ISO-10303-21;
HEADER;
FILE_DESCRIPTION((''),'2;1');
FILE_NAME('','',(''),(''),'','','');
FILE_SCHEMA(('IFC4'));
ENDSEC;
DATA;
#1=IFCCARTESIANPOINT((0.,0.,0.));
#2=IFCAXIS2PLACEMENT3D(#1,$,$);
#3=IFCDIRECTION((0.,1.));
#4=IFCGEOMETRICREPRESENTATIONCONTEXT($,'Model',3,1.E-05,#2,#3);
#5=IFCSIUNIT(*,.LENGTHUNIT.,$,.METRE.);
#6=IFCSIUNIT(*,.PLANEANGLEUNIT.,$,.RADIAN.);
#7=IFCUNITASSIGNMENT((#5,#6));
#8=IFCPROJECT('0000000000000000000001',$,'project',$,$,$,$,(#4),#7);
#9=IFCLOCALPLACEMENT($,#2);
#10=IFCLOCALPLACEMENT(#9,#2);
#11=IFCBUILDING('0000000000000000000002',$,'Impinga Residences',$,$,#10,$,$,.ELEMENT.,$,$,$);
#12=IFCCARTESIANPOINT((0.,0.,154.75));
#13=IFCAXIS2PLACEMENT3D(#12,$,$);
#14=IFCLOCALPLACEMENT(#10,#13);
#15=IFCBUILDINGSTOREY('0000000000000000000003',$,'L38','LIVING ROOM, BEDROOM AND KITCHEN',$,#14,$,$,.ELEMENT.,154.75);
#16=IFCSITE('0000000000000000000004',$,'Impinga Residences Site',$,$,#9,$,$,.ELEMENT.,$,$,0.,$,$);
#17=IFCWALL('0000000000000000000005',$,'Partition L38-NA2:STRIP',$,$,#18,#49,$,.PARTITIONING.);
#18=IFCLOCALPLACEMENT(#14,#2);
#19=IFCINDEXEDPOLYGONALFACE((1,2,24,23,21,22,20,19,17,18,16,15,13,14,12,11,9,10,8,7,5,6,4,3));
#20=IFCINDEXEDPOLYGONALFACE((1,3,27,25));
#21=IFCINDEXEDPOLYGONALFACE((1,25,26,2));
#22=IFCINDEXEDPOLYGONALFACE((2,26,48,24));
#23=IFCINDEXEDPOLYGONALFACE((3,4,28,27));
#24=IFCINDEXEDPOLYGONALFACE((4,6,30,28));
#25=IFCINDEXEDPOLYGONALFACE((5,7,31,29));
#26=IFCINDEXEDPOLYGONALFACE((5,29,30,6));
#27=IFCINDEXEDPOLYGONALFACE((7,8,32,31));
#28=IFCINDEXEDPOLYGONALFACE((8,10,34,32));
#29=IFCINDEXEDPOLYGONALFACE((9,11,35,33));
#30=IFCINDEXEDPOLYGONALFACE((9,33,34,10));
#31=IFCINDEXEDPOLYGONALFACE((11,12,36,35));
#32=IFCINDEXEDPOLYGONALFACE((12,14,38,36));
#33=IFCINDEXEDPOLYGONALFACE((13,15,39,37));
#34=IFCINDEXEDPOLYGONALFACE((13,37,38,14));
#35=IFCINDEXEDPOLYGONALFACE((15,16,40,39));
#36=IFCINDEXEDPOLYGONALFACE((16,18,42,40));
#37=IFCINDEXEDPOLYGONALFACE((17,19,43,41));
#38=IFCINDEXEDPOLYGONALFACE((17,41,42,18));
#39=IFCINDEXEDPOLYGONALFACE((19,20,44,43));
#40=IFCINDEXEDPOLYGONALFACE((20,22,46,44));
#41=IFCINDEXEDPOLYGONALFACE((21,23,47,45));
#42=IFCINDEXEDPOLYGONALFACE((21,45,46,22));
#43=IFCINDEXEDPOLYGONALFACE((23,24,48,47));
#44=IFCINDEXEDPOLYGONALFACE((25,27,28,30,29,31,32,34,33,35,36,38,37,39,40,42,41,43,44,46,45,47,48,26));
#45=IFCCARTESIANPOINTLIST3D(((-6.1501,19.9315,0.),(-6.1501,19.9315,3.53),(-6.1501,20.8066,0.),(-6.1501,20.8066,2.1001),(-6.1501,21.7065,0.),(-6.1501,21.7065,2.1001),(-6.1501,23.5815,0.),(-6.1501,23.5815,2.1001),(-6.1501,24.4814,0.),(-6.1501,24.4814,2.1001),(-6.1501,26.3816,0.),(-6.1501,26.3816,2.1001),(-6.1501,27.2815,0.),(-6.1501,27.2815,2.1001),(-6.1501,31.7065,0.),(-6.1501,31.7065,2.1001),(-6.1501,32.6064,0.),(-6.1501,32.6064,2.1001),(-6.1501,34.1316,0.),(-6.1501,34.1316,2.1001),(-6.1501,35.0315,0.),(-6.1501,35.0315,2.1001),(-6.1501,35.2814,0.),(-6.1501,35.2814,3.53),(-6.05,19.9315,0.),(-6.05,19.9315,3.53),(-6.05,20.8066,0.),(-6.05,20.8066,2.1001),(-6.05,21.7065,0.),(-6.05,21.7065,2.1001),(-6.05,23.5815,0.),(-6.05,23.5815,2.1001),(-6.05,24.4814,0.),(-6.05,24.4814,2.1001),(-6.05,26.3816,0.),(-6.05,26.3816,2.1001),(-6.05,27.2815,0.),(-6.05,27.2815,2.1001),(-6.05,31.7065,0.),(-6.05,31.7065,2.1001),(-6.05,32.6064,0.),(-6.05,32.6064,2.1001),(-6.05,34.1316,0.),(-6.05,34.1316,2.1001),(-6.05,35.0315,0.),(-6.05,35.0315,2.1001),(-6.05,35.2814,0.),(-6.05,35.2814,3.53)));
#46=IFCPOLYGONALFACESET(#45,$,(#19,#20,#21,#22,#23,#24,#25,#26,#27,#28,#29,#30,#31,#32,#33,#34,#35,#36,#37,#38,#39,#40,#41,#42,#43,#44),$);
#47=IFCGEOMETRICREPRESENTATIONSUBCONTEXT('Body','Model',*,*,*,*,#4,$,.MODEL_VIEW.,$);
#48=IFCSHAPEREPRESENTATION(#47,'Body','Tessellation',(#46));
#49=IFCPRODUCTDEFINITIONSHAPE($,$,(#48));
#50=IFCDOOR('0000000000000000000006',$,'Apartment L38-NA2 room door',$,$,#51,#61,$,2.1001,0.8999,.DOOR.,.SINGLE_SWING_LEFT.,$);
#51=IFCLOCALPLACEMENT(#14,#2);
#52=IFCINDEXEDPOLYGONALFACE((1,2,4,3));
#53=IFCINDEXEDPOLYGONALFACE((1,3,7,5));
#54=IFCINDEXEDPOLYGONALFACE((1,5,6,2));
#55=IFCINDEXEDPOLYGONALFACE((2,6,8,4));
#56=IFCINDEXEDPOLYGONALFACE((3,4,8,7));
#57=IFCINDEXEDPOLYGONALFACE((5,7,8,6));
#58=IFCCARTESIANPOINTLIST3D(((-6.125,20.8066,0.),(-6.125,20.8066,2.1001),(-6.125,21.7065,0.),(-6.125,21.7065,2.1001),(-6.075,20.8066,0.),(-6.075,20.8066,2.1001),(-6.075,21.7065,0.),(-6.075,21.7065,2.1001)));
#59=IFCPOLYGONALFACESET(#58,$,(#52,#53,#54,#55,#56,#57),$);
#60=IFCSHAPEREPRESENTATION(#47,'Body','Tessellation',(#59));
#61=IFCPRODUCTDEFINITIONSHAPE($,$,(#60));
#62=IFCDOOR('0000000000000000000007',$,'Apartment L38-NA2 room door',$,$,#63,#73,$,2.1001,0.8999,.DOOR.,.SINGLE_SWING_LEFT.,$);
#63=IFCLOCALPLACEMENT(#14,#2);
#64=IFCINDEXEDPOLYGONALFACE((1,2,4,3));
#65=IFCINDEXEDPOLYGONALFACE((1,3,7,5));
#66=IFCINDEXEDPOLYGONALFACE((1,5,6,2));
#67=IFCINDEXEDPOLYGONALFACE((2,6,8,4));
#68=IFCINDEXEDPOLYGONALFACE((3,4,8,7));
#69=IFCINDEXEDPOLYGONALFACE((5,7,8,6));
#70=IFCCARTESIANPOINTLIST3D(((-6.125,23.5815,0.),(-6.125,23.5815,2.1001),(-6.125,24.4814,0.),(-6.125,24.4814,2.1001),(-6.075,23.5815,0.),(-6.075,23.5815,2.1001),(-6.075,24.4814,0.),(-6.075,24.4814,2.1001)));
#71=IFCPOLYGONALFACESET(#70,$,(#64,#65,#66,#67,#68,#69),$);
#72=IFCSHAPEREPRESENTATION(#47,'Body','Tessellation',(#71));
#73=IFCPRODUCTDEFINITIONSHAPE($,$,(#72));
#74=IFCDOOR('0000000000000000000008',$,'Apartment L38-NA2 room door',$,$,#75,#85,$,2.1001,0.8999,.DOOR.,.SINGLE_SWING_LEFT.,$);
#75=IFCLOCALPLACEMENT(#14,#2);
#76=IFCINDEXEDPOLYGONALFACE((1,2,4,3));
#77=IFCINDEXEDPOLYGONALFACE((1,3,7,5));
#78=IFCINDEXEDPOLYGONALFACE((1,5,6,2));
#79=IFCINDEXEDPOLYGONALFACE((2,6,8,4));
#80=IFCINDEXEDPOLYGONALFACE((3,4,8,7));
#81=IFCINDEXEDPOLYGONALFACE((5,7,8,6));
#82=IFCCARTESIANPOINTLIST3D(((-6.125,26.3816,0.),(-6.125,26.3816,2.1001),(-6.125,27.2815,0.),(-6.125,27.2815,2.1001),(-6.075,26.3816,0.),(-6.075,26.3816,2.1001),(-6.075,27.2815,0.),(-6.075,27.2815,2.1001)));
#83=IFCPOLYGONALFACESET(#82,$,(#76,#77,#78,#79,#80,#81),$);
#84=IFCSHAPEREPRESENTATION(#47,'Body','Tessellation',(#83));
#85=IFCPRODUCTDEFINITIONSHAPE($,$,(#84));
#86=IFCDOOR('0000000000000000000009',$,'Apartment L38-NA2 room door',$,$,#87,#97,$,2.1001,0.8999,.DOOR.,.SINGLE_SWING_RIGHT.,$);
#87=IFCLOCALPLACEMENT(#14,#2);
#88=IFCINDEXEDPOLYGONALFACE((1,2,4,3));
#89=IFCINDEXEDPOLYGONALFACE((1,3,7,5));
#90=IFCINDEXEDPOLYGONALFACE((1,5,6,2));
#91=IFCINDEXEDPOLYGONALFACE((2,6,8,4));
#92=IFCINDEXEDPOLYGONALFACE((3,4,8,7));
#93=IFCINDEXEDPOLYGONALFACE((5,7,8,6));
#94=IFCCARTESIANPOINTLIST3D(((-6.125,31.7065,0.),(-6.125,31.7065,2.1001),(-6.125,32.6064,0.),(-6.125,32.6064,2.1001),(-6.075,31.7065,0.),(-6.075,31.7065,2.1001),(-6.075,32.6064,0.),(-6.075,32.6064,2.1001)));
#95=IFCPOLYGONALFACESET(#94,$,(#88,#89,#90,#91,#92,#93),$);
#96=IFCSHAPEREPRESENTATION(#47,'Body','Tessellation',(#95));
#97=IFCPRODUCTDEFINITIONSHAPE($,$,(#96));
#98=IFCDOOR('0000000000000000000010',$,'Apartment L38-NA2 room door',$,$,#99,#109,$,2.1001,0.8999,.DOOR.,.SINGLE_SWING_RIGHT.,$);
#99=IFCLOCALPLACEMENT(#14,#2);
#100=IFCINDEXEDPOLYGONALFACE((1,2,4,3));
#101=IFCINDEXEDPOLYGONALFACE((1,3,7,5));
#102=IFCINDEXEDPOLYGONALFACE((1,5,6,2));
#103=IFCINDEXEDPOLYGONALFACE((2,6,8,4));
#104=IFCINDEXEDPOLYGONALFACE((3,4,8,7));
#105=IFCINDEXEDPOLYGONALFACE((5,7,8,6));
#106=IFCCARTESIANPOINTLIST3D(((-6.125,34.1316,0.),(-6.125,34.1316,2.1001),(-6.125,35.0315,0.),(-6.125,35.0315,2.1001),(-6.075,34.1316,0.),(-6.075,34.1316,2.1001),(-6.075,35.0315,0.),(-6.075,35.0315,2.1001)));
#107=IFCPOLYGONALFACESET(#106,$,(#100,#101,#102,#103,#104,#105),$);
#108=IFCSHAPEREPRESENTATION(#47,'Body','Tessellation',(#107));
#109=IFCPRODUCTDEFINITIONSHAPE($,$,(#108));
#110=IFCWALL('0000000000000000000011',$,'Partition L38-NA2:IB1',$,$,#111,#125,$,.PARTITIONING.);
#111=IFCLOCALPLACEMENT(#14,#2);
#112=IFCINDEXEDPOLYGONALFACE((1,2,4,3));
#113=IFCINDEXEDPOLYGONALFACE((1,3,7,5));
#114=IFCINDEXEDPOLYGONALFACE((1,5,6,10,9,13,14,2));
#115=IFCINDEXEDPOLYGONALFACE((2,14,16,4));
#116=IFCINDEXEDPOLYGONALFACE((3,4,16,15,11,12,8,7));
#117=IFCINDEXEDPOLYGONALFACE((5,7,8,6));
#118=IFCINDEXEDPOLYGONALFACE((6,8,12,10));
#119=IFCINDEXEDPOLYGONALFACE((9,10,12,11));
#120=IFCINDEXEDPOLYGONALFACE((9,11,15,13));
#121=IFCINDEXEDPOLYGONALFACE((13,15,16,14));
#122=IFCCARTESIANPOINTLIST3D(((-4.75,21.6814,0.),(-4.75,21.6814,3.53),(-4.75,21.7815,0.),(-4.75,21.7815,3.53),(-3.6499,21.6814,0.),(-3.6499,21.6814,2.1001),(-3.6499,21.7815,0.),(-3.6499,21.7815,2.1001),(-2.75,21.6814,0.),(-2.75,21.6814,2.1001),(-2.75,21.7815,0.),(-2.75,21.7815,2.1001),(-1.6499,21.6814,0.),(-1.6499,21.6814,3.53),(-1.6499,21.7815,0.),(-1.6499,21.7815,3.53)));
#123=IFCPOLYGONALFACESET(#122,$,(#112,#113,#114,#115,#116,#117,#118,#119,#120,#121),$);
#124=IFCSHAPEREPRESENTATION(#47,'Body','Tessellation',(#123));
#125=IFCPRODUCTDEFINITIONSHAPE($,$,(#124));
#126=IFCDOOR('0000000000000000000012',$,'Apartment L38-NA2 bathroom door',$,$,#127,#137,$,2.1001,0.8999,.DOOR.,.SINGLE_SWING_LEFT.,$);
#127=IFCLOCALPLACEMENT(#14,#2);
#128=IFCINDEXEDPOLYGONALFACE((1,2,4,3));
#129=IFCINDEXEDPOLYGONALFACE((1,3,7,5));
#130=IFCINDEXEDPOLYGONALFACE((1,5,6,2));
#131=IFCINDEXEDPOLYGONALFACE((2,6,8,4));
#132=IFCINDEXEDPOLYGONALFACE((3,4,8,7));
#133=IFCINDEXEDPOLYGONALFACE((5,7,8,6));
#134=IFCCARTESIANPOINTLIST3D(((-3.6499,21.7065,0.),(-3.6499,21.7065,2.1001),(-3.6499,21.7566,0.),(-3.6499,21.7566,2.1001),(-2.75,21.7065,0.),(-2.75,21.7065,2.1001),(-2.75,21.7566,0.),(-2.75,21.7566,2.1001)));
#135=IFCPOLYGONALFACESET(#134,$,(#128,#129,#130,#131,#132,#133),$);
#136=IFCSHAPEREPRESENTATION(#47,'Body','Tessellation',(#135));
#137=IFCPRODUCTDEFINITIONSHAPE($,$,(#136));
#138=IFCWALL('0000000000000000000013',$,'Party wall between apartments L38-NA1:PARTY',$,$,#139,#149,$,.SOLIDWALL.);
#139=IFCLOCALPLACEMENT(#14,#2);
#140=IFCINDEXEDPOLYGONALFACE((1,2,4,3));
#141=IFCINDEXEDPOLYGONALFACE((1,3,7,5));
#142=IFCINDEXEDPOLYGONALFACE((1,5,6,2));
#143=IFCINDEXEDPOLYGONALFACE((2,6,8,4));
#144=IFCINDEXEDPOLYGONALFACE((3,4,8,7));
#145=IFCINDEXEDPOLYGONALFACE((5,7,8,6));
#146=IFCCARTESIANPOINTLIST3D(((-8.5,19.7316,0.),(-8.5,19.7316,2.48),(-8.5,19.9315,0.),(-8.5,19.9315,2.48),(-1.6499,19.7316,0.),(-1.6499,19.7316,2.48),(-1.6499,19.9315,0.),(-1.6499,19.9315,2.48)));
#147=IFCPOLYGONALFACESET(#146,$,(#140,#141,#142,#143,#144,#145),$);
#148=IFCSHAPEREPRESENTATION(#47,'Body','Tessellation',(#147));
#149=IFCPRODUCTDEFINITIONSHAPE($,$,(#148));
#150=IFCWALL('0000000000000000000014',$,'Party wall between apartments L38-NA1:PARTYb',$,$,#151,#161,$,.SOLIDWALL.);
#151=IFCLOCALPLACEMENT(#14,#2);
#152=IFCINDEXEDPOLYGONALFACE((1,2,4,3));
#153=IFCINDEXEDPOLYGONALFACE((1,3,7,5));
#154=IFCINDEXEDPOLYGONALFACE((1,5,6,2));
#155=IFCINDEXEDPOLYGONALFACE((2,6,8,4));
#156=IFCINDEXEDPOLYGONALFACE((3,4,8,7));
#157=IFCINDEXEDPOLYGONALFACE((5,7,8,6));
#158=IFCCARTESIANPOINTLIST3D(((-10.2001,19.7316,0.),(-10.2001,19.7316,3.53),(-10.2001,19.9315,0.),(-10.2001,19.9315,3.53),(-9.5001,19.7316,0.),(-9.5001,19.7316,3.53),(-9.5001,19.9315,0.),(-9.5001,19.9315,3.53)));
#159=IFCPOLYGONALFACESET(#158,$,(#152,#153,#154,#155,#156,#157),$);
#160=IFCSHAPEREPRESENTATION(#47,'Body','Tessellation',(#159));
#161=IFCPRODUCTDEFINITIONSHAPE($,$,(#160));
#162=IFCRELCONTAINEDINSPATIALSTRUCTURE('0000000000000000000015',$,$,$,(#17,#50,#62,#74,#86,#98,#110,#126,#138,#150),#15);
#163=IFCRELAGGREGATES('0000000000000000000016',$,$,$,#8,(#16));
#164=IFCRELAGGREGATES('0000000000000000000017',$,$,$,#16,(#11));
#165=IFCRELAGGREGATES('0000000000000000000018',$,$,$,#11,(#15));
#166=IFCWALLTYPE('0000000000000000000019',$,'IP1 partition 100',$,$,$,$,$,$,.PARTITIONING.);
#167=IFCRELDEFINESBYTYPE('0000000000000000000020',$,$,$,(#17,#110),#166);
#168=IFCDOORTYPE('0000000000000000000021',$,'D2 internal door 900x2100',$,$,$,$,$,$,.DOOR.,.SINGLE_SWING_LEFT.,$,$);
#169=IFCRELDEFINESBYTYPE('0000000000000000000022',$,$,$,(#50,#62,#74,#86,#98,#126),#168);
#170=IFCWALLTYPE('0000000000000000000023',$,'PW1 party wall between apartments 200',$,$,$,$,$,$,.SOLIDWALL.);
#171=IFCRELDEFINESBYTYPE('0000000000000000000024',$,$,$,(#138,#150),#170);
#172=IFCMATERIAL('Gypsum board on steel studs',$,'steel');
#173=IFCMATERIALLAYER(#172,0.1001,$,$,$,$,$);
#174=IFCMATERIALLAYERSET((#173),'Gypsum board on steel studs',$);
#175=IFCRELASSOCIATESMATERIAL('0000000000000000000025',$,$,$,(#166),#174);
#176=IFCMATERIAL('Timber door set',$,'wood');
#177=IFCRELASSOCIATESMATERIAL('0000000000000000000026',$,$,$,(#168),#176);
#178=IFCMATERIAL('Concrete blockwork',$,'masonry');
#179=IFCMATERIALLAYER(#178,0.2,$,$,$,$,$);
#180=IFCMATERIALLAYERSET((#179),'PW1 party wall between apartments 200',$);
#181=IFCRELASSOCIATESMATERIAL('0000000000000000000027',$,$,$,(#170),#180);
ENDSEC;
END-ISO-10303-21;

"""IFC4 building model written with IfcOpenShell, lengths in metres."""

from ifc_helpers import new_model, si_unit, direction, frame, frame_2d, origin, place, context, subcontext, project, spatial, rectangle, extrude, material, layer, layer_set, type_object, element, fill, save


model = new_model("IFC4")

# Units and contexts
model_context = context("Model", 3, precision=1e-05, world=origin(), true_north=direction((0.0, 1.0)))
body_context = subcontext(model_context, "Body", "Model", "MODEL_VIEW")
ifc_project = project(units=[si_unit("LENGTHUNIT", "METRE"), si_unit("PLANEANGLEUNIT", "RADIAN")], contexts=[model_context])

# Site, building, storey
site_placement = place(None, origin())
site = spatial("IfcSite", under=ifc_project, at=site_placement, Name="Impinga Residences Site", CompositionType="ELEMENT", RefElevation=0.0)
building_placement = place(site_placement, origin())
building = spatial("IfcBuilding", under=site, at=building_placement, Name="Impinga Residences", CompositionType="ELEMENT")
storey_placement = place(building_placement, frame((0.0, 0.0, 154.75)))
storey = spatial("IfcBuildingStorey", under=building, at=storey_placement, Name="L38", Description="LIVING ROOM, BEDROOM AND KITCHEN", CompositionType="ELEMENT", Elevation=154.75)

# Shared definitions
ifc_material_1 = material(Name="Gypsum board on steel studs", Category="steel")
ifc_layer_1 = layer(ifc_material_1, 0.1001)
ifc_layer_set_1 = layer_set([ifc_layer_1], Name="Gypsum board on steel studs")
wall_type_1 = type_object("IfcWallType", Name="IP1 partition 100", PredefinedType="PARTITIONING", material=ifc_layer_set_1)

# Shared definitions
ifc_material_2 = material(Name="Timber door set", Category="wood")
door_type = type_object("IfcDoorType", Name="D2 internal door 900x2100", OperationType="SINGLE_SWING_LEFT", PredefinedType="DOOR", material=ifc_material_2)

# Wall, openings, doors
wall_1_placement = place(storey_placement, frame((-6.1001, 19.9316, 0.0), z_axis=(0.0, 0.0, 1.0), x_axis=(0.0, 1.0, 0.0)))
wall_1 = element("IfcWall", 1, at=wall_1_placement, inside=storey, type_object=wall_type_1, Name="Partition L38-NA2:STRIP", PredefinedType="PARTITIONING", context=body_context, shape_type="SweptSolid", body=[
    extrude(rectangle(XDim=15.3499, YDim=0.1001, at=frame_2d((7.6748, 0.0))), origin(), (0.0, 0.0, 1.0), 3.53),
])
opening_1_placement = place(wall_1_placement, frame((0.875, 0.0, 0.0)))
opening_1 = element("IfcOpeningElement", 2, at=opening_1_placement, cuts=wall_1, PredefinedType="OPENING", context=body_context, shape_type="SweptSolid", body=[
    extrude(rectangle(XDim=0.8999, YDim=2.1001, at=frame_2d((0.45, 1.05))), frame((0.0, 0.0601, 0.0), z_axis=(0.0, -1.0, 0.0), x_axis=(1.0, 0.0, 0.0)), (0.0, 0.0, 1.0), 0.1201),
])
opening_2_placement = place(wall_1_placement, frame((3.6499, 0.0, 0.0)))
opening_2 = element("IfcOpeningElement", 3, at=opening_2_placement, cuts=wall_1, PredefinedType="OPENING", context=body_context, shape_type="SweptSolid", body=[
    extrude(rectangle(XDim=0.8999, YDim=2.1001, at=frame_2d((0.45, 1.05))), frame((0.0, 0.0601, 0.0), z_axis=(0.0, -1.0, 0.0), x_axis=(1.0, 0.0, 0.0)), (0.0, 0.0, 1.0), 0.1201),
])
opening_3_placement = place(wall_1_placement, frame((6.45, 0.0, 0.0)))
opening_3 = element("IfcOpeningElement", 4, at=opening_3_placement, cuts=wall_1, PredefinedType="OPENING", context=body_context, shape_type="SweptSolid", body=[
    extrude(rectangle(XDim=0.8999, YDim=2.1001, at=frame_2d((0.45, 1.05))), frame((0.0, 0.0601, 0.0), z_axis=(0.0, -1.0, 0.0), x_axis=(1.0, 0.0, 0.0)), (0.0, 0.0, 1.0), 0.1201),
])
opening_4_placement = place(wall_1_placement, frame((11.7749, 0.0, 0.0)))
opening_4 = element("IfcOpeningElement", 5, at=opening_4_placement, cuts=wall_1, PredefinedType="OPENING", context=body_context, shape_type="SweptSolid", body=[
    extrude(rectangle(XDim=0.8999, YDim=2.1001, at=frame_2d((0.45, 1.05))), frame((0.0, 0.0601, 0.0), z_axis=(0.0, -1.0, 0.0), x_axis=(1.0, 0.0, 0.0)), (0.0, 0.0, 1.0), 0.1201),
])
opening_5_placement = place(wall_1_placement, frame((14.2, 0.0, 0.0)))
opening_5 = element("IfcOpeningElement", 6, at=opening_5_placement, cuts=wall_1, PredefinedType="OPENING", context=body_context, shape_type="SweptSolid", body=[
    extrude(rectangle(XDim=0.8999, YDim=2.1001, at=frame_2d((0.45, 1.05))), frame((0.0, 0.0601, 0.0), z_axis=(0.0, -1.0, 0.0), x_axis=(1.0, 0.0, 0.0)), (0.0, 0.0, 1.0), 0.1201),
])
door_1_placement = place(opening_1_placement, origin())
door_1 = element("IfcDoor", 7, at=door_1_placement, inside=storey, type_object=door_type, Name="Apartment L38-NA2 room door", OperationType="SINGLE_SWING_LEFT", OverallHeight=2.1001, OverallWidth=0.8999, PredefinedType="DOOR", context=body_context, shape_type="SweptSolid", body=[
    extrude(rectangle(XDim=0.8999, YDim=2.1001, at=frame_2d((0.45, 1.05))), frame((0.0, 0.0249, 0.0), z_axis=(0.0, -1.0, 0.0), x_axis=(1.0, 0.0, 0.0)), (0.0, 0.0, 1.0), 0.05),
])
fill(opening_1, door_1)
door_2_placement = place(opening_2_placement, origin())
door_2 = element("IfcDoor", 8, at=door_2_placement, inside=storey, type_object=door_type, Name="Apartment L38-NA2 room door", OperationType="SINGLE_SWING_LEFT", OverallHeight=2.1001, OverallWidth=0.8999, PredefinedType="DOOR", context=body_context, shape_type="SweptSolid", body=[
    extrude(rectangle(XDim=0.8999, YDim=2.1001, at=frame_2d((0.45, 1.05))), frame((0.0, 0.0249, 0.0), z_axis=(0.0, -1.0, 0.0), x_axis=(1.0, 0.0, 0.0)), (0.0, 0.0, 1.0), 0.05),
])
fill(opening_2, door_2)
door_3_placement = place(opening_3_placement, origin())
door_3 = element("IfcDoor", 9, at=door_3_placement, inside=storey, type_object=door_type, Name="Apartment L38-NA2 room door", OperationType="SINGLE_SWING_LEFT", OverallHeight=2.1001, OverallWidth=0.8999, PredefinedType="DOOR", context=body_context, shape_type="SweptSolid", body=[
    extrude(rectangle(XDim=0.8999, YDim=2.1001, at=frame_2d((0.45, 1.05))), frame((0.0, 0.0249, 0.0), z_axis=(0.0, -1.0, 0.0), x_axis=(1.0, 0.0, 0.0)), (0.0, 0.0, 1.0), 0.05),
])
fill(opening_3, door_3)
door_4_placement = place(opening_4_placement, origin())
door_4 = element("IfcDoor", 10, at=door_4_placement, inside=storey, type_object=door_type, Name="Apartment L38-NA2 room door", OperationType="SINGLE_SWING_RIGHT", OverallHeight=2.1001, OverallWidth=0.8999, PredefinedType="DOOR", context=body_context, shape_type="SweptSolid", body=[
    extrude(rectangle(XDim=0.8999, YDim=2.1001, at=frame_2d((0.45, 1.05))), frame((0.0, 0.0249, 0.0), z_axis=(0.0, -1.0, 0.0), x_axis=(1.0, 0.0, 0.0)), (0.0, 0.0, 1.0), 0.05),
])
fill(opening_4, door_4)
door_5_placement = place(opening_5_placement, origin())
door_5 = element("IfcDoor", 11, at=door_5_placement, inside=storey, type_object=door_type, Name="Apartment L38-NA2 room door", OperationType="SINGLE_SWING_RIGHT", OverallHeight=2.1001, OverallWidth=0.8999, PredefinedType="DOOR", context=body_context, shape_type="SweptSolid", body=[
    extrude(rectangle(XDim=0.8999, YDim=2.1001, at=frame_2d((0.45, 1.05))), frame((0.0, 0.0249, 0.0), z_axis=(0.0, -1.0, 0.0), x_axis=(1.0, 0.0, 0.0)), (0.0, 0.0, 1.0), 0.05),
])
fill(opening_5, door_5)

# Wall, opening, door
wall_2_placement = place(storey_placement, frame((-1.6499, 21.7314, 0.0), z_axis=(0.0, 0.0, 1.0), x_axis=(-1.0, 0.0, 0.0)))
wall_2 = element("IfcWall", 12, at=wall_2_placement, inside=storey, type_object=wall_type_1, Name="Partition L38-NA2:IB1", PredefinedType="PARTITIONING", context=body_context, shape_type="SweptSolid", body=[
    extrude(rectangle(XDim=3.1001, YDim=0.1001, at=frame_2d((1.55, 0.0))), origin(), (0.0, 0.0, 1.0), 3.53),
])
opening_6_placement = place(wall_2_placement, frame((1.1001, 0.0, 0.0)))
opening_6 = element("IfcOpeningElement", 13, at=opening_6_placement, cuts=wall_2, PredefinedType="OPENING", context=body_context, shape_type="SweptSolid", body=[
    extrude(rectangle(XDim=0.8999, YDim=2.1001, at=frame_2d((0.45, 1.05))), frame((0.0, 0.0601, 0.0), z_axis=(0.0, -1.0, 0.0), x_axis=(1.0, 0.0, 0.0)), (0.0, 0.0, 1.0), 0.1201),
])
door_6_placement = place(opening_6_placement, origin())
door_6 = element("IfcDoor", 14, at=door_6_placement, inside=storey, type_object=door_type, Name="Apartment L38-NA2 bathroom door", OperationType="SINGLE_SWING_LEFT", OverallHeight=2.1001, OverallWidth=0.8999, PredefinedType="DOOR", context=body_context, shape_type="SweptSolid", body=[
    extrude(rectangle(XDim=0.8999, YDim=2.1001, at=frame_2d((0.45, 1.05))), frame((0.0, 0.0249, 0.0), z_axis=(0.0, -1.0, 0.0), x_axis=(1.0, 0.0, 0.0)), (0.0, 0.0, 1.0), 0.05),
])
fill(opening_6, door_6)

# Walls
ifc_material_3 = material(Name="Concrete blockwork", Category="masonry")
ifc_layer_2 = layer(ifc_material_3, 0.2)
ifc_layer_set_2 = layer_set([ifc_layer_2], Name="PW1 party wall between apartments 200")
wall_type_2 = type_object("IfcWallType", Name="PW1 party wall between apartments 200", PredefinedType="SOLIDWALL", material=ifc_layer_set_2)
wall_3_placement = place(storey_placement, frame((-1.6499, 19.8315, 0.0), z_axis=(0.0, 0.0, 1.0), x_axis=(-1.0, 0.0, 0.0)))
element("IfcWall", 15, at=wall_3_placement, inside=storey, type_object=wall_type_2, Name="Party wall between apartments L38-NA1:PARTY", PredefinedType="SOLIDWALL", context=body_context, shape_type="SweptSolid", body=[
    extrude(rectangle(XDim=6.8501, YDim=0.2, at=frame_2d((3.425, 0.0))), origin(), (0.0, 0.0, 1.0), 2.48),
])
wall_4_placement = place(storey_placement, frame((-9.5, 19.8315, 0.0), z_axis=(0.0, 0.0, 1.0), x_axis=(-1.0, 0.0, 0.0)))
element("IfcWall", 16, at=wall_4_placement, inside=storey, type_object=wall_type_2, Name="Party wall between apartments L38-NA1:PARTYb", PredefinedType="SOLIDWALL", context=body_context, shape_type="SweptSolid", body=[
    extrude(rectangle(XDim=0.7, YDim=0.2, at=frame_2d((0.3501, 0.0))), origin(), (0.0, 0.0, 1.0), 3.53),
])

save(model, "model.ifc")
